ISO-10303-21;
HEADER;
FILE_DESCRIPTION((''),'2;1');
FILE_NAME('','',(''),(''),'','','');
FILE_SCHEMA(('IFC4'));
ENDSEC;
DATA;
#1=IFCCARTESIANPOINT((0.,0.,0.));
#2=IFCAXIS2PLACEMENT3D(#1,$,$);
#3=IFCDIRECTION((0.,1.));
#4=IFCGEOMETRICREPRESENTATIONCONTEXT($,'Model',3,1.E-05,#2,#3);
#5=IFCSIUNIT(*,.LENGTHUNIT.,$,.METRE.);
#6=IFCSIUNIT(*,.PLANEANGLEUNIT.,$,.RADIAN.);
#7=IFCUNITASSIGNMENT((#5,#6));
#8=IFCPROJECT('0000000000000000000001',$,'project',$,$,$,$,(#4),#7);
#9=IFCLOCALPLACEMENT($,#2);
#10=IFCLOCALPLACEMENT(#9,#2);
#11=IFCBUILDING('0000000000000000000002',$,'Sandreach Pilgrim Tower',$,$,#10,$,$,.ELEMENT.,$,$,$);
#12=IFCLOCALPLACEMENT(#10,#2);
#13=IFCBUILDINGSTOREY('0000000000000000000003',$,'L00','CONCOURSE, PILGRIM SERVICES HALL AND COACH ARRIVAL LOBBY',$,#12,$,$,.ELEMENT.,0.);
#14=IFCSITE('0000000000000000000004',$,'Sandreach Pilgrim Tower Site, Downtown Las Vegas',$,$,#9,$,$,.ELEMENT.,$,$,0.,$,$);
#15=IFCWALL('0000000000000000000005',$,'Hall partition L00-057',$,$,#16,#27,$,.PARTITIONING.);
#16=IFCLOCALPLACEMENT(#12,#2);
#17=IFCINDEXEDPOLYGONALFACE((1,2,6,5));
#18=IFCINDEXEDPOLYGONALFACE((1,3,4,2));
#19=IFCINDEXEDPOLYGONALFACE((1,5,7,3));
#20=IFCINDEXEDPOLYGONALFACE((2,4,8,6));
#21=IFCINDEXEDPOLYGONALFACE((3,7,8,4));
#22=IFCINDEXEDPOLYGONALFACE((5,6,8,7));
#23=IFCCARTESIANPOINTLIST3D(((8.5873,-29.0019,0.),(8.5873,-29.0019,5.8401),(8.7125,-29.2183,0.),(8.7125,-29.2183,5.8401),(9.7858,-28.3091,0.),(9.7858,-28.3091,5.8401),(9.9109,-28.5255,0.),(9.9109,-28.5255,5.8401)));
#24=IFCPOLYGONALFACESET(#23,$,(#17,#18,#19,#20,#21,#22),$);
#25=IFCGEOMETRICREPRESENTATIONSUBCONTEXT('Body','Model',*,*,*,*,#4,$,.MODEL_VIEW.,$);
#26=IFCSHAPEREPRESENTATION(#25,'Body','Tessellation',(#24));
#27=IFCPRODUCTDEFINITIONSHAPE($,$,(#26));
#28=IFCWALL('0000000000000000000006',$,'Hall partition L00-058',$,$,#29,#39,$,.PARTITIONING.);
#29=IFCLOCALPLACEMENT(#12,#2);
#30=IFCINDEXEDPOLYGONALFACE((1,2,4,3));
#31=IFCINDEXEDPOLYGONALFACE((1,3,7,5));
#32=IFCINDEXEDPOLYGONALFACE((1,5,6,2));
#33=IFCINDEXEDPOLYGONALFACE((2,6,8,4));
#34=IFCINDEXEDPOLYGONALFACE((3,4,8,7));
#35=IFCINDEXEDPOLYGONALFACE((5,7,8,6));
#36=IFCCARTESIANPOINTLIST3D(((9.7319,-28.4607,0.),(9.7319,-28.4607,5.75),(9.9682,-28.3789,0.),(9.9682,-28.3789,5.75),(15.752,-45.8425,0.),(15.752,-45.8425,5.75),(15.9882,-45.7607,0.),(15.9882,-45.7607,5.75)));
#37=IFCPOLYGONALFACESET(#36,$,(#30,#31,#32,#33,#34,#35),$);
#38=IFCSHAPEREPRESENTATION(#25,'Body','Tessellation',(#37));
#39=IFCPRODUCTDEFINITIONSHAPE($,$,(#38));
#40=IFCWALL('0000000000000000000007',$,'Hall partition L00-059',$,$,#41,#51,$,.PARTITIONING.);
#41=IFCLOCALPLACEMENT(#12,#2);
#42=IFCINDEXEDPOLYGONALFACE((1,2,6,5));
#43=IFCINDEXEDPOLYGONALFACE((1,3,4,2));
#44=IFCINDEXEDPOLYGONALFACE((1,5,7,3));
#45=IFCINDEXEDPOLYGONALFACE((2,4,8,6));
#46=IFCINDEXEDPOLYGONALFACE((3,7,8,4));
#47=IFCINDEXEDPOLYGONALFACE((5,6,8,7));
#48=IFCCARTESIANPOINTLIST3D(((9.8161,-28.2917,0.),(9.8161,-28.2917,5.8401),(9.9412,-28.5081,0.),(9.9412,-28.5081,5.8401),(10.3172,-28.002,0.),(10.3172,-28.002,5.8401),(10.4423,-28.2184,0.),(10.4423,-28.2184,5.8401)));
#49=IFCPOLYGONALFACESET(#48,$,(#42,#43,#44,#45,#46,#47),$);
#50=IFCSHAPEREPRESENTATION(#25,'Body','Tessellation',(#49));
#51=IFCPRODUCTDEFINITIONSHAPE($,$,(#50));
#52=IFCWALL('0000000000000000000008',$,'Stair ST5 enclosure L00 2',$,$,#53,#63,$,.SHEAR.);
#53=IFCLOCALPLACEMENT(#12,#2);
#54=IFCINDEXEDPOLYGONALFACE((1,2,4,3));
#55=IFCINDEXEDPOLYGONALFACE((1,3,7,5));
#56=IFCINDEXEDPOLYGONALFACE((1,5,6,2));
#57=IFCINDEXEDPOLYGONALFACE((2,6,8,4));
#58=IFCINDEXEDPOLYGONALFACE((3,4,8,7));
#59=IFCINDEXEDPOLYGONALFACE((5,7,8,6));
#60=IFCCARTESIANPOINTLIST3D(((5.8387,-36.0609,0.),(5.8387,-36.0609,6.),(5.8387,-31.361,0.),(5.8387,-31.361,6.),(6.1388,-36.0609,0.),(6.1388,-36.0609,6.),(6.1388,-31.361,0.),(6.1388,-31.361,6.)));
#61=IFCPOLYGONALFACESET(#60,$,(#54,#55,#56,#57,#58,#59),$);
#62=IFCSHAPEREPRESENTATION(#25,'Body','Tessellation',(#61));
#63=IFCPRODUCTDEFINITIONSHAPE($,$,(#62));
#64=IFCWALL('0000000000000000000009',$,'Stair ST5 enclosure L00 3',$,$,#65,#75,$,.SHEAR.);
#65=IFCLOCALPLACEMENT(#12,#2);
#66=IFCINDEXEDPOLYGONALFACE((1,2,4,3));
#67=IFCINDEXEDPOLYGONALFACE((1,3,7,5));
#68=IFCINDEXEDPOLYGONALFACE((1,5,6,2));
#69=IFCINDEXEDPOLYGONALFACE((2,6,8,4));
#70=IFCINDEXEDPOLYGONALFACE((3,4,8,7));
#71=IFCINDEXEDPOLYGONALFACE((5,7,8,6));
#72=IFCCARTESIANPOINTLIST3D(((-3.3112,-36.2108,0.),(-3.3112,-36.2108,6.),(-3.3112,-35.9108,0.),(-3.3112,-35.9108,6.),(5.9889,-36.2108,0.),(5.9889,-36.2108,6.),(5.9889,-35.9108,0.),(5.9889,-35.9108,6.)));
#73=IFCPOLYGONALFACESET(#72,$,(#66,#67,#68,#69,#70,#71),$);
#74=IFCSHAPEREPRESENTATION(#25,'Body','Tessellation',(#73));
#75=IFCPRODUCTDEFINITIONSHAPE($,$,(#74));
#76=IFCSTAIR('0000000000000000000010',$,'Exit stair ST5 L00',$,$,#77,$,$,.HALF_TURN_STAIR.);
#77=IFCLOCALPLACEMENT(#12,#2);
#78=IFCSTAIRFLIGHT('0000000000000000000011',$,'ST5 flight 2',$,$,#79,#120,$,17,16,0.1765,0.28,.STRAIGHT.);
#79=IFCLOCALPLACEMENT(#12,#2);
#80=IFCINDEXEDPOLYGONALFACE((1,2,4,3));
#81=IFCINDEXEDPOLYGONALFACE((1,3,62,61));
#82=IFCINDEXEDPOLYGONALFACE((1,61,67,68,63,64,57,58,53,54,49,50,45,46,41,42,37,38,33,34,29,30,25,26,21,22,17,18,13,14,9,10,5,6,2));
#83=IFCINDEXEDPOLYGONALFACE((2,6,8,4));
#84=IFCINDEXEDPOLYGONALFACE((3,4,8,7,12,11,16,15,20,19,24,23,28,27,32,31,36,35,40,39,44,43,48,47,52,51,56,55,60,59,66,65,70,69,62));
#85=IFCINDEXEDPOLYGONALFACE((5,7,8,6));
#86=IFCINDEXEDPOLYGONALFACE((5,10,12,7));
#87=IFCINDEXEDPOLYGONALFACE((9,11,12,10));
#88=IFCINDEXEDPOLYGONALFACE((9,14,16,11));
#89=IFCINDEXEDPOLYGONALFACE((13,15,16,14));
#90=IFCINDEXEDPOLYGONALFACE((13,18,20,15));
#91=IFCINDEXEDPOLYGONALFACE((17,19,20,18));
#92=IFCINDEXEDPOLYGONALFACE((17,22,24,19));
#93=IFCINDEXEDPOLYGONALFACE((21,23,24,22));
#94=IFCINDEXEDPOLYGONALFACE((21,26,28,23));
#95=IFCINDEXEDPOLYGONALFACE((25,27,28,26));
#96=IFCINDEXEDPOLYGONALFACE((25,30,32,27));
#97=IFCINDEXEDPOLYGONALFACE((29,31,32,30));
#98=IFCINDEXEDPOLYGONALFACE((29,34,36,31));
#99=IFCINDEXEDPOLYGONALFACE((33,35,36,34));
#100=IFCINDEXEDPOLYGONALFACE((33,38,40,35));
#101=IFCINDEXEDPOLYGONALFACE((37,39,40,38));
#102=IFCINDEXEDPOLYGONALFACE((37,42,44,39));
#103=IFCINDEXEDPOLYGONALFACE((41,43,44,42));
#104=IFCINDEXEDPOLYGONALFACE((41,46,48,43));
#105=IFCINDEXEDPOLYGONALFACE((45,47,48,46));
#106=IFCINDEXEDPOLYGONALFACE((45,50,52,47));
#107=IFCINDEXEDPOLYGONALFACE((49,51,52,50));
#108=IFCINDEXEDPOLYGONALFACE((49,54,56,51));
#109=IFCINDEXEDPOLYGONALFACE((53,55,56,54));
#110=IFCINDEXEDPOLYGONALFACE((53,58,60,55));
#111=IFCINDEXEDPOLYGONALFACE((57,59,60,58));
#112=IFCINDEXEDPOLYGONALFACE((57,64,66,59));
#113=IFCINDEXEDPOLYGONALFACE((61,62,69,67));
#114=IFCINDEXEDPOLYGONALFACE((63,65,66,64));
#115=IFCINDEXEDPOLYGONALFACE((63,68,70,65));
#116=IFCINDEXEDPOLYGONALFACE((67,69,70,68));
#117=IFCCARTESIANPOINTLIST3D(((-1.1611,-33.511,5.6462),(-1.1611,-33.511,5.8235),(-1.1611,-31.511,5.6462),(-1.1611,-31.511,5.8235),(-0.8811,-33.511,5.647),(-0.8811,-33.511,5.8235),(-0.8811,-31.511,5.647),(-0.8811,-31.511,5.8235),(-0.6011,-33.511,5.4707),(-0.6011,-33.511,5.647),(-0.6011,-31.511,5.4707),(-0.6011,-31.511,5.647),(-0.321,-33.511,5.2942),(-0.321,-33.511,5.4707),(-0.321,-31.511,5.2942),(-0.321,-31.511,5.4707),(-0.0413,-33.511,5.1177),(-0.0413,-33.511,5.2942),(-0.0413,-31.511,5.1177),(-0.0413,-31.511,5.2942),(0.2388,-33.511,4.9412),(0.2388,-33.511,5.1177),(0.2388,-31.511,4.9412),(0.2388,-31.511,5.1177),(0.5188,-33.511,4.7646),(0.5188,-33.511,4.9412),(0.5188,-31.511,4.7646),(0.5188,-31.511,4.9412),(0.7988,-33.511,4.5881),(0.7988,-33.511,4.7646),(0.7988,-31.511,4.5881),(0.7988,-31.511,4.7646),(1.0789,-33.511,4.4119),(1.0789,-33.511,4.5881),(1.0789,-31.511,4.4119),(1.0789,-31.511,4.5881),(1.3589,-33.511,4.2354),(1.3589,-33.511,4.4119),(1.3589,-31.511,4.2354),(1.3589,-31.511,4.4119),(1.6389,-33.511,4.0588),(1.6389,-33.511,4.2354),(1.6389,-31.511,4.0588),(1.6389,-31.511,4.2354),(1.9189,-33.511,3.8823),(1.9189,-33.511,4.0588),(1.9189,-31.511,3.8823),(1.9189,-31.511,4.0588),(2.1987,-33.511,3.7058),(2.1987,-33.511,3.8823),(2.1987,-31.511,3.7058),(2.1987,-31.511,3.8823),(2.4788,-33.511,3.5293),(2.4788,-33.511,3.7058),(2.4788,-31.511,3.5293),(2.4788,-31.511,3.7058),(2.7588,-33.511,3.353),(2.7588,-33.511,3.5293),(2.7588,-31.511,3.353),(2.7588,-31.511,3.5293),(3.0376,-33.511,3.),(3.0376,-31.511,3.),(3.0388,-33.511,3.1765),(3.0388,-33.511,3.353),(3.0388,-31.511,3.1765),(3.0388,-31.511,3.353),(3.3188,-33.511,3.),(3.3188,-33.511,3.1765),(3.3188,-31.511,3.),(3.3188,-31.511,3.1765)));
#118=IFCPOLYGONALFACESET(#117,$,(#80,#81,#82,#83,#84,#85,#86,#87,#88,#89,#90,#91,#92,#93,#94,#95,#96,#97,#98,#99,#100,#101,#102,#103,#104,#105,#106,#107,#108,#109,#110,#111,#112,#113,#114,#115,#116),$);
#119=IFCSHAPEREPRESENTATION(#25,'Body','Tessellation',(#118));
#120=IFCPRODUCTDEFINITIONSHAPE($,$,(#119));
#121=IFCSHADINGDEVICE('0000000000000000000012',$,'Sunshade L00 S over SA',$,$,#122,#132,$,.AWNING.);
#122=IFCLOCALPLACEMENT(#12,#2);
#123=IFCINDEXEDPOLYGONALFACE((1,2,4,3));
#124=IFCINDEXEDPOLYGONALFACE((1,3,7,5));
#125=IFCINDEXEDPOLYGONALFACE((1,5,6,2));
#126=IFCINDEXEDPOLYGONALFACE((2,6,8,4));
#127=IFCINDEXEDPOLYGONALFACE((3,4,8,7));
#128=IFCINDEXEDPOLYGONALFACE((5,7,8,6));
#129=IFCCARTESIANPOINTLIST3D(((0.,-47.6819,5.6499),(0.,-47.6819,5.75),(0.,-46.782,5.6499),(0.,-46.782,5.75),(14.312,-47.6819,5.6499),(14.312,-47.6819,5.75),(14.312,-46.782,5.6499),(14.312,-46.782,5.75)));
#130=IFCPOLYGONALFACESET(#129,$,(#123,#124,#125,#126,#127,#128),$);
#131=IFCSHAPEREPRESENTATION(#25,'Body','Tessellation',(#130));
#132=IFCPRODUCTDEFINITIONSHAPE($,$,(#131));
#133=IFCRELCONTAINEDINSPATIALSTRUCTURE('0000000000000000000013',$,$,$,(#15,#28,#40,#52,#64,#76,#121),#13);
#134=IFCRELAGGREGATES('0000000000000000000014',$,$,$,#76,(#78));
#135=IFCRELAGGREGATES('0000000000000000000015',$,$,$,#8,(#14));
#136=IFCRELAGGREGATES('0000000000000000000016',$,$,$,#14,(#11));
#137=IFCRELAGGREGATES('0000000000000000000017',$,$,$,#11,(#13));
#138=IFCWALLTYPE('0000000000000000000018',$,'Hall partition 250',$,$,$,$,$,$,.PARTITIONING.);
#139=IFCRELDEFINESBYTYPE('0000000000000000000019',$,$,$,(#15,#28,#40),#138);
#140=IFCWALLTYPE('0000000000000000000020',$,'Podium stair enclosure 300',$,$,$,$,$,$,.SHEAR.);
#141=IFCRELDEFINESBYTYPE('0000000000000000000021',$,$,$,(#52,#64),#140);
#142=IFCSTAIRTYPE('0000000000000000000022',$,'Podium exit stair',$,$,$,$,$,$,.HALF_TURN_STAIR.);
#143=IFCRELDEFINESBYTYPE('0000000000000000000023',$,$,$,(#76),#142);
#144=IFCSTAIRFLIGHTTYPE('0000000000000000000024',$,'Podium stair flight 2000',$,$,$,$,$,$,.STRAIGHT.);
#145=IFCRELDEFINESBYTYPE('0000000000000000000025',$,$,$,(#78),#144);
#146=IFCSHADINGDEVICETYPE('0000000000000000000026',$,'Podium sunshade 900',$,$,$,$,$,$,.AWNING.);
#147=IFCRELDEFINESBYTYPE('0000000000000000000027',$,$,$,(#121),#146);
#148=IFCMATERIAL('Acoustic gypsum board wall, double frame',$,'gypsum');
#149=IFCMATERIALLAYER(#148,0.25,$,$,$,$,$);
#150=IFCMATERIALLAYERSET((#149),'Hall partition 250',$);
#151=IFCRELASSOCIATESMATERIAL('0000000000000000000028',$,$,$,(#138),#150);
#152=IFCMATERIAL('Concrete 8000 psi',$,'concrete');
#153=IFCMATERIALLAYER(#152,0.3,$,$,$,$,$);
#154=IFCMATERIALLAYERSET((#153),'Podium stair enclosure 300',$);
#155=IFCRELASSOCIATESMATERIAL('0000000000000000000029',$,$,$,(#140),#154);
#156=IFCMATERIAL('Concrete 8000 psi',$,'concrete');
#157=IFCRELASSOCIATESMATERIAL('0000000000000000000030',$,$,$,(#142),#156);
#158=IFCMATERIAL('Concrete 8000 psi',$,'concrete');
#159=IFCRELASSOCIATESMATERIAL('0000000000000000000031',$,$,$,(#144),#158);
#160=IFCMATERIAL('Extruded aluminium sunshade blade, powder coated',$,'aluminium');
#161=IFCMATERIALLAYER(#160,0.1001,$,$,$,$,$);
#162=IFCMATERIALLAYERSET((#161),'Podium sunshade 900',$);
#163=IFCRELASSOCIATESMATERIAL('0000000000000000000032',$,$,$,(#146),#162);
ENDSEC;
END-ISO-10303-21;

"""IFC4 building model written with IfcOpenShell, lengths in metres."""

from ifc_helpers import new_model, si_unit, direction, frame, frame_2d, origin, origin_2d, place, context, subcontext, project, spatial, polyline, rectangle, outline, extrude, material, layer, layer_set, type_object, element, aggregate, save


model = new_model("IFC4")

# Units and contexts
model_context = context("Model", 3, precision=1e-05, world=origin(), true_north=direction((0.0, 1.0)))
body_context = subcontext(model_context, "Body", "Model", "MODEL_VIEW")
ifc_project = project(units=[si_unit("LENGTHUNIT", "METRE"), si_unit("PLANEANGLEUNIT", "RADIAN")], contexts=[model_context])

# Site, building, storey
site_placement = place(None, origin())
site = spatial("IfcSite", under=ifc_project, at=site_placement, Name="Sandreach Pilgrim Tower Site, Downtown Las Vegas", CompositionType="ELEMENT", RefElevation=0.0)
building_placement = place(site_placement, origin())
building = spatial("IfcBuilding", under=site, at=building_placement, Name="Sandreach Pilgrim Tower", CompositionType="ELEMENT")
storey_placement = place(building_placement, origin())
storey = spatial("IfcBuildingStorey", under=building, at=storey_placement, Name="L00", Description="CONCOURSE, PILGRIM SERVICES HALL AND COACH ARRIVAL LOBBY", CompositionType="ELEMENT", Elevation=0.0)

# Walls
ifc_material_1 = material(Name="Acoustic gypsum board wall, double frame", Category="gypsum")
ifc_layer_1 = layer(ifc_material_1, 0.25)
ifc_layer_set_1 = layer_set([ifc_layer_1], Name="Hall partition 250")
wall_type_1 = type_object("IfcWallType", Name="Hall partition 250", PredefinedType="PARTITIONING", material=ifc_layer_set_1)
wall_1_placement = place(storey_placement, frame((8.6499, -29.1101, 0.0), z_axis=(0.0, 0.0, 1.0), x_axis=(0.865736, 0.500501, 0.0)))
element("IfcWall", 1, at=wall_1_placement, inside=storey, type_object=wall_type_1, Name="Hall partition L00-057", PredefinedType="PARTITIONING", context=body_context, shape_type="SweptSolid", body=[
    extrude(rectangle(XDim=1.3843, YDim=0.25, at=frame_2d((0.6921, 0.0))), origin(), (0.0, 0.0, 1.0), 5.8401),
])
wall_2_placement = place(storey_placement, frame((9.8501, -28.4199, 0.0), z_axis=(0.0, 0.0, 1.0), x_axis=(0.327267, -0.944932, 0.0)))
element("IfcWall", 2, at=wall_2_placement, inside=storey, type_object=wall_type_1, Name="Hall partition L00-058", PredefinedType="PARTITIONING", context=body_context, shape_type="SweptSolid", body=[
    extrude(rectangle(XDim=18.3948, YDim=0.25, at=frame_2d((9.1973, 0.0))), origin(), (0.0, 0.0, 1.0), 5.75),
])
wall_3_placement = place(storey_placement, frame((10.3799, -28.1101, 0.0), z_axis=(0.0, 0.0, 1.0), x_axis=(-0.865715, -0.500538, 0.0)))
element("IfcWall", 3, at=wall_3_placement, inside=storey, type_object=wall_type_1, Name="Hall partition L00-059", PredefinedType="PARTITIONING", context=body_context, shape_type="SweptSolid", body=[
    extrude(rectangle(XDim=0.5789, YDim=0.25, at=frame_2d((0.2896, 0.0))), origin(), (0.0, 0.0, 1.0), 5.8401),
])
ifc_material_2 = material(Name="Concrete 8000 psi", Category="concrete")
ifc_layer_2 = layer(ifc_material_2, 0.3)
ifc_layer_set_2 = layer_set([ifc_layer_2], Name="Podium stair enclosure 300")
wall_type_2 = type_object("IfcWallType", Name="Podium stair enclosure 300", PredefinedType="SHEAR", material=ifc_layer_set_2)
wall_4_placement = place(storey_placement, frame((5.9888, -31.3608, 0.0), z_axis=(0.0, 0.0, 1.0), x_axis=(0.0, -1.0, 0.0)))
element("IfcWall", 4, at=wall_4_placement, inside=storey, type_object=wall_type_2, Name="Stair ST5 enclosure L00 2", PredefinedType="SHEAR", context=body_context, shape_type="SweptSolid", body=[
    extrude(rectangle(XDim=4.7, YDim=0.3, at=frame_2d((2.3501, 0.0))), origin(), (0.0, 0.0, 1.0), 6.0),
])
wall_5_placement = place(storey_placement, frame((5.9888, -36.0608, 0.0), z_axis=(0.0, 0.0, 1.0), x_axis=(-1.0, 0.0, 0.0)))
element("IfcWall", 5, at=wall_5_placement, inside=storey, type_object=wall_type_2, Name="Stair ST5 enclosure L00 3", PredefinedType="SHEAR", context=body_context, shape_type="SweptSolid", body=[
    extrude(rectangle(XDim=9.3, YDim=0.3, at=frame_2d((4.6499, 0.0))), origin(), (0.0, 0.0, 1.0), 6.0),
])

# Stair, stair flight
ifc_material_3 = material(Name="Concrete 8000 psi", Category="concrete")
stair_type = type_object("IfcStairType", Name="Podium exit stair", PredefinedType="HALF_TURN_STAIR", material=ifc_material_3)
stair_placement = place(storey_placement, origin())
stair = element("IfcStair", 6, at=stair_placement, inside=storey, type_object=stair_type, Name="Exit stair ST5 L00", PredefinedType="HALF_TURN_STAIR")
ifc_material_4 = material(Name="Concrete 8000 psi", Category="concrete")
stair_flight_type = type_object("IfcStairFlightType", Name="Podium stair flight 2000", PredefinedType="STRAIGHT", material=ifc_material_4)
stair_flight_placement = place(storey_placement, frame((3.3188, -32.511, 3.0), z_axis=(0.0, 0.0, 1.0), x_axis=(-1.0, 0.0, 0.0)))
stair_flight = element("IfcStairFlight", 7, at=stair_flight_placement, type_object=stair_flight_type, Name="ST5 flight 2", NumberOfRisers=17, NumberOfTreads=16, PredefinedType="STRAIGHT", RiserHeight=0.1765, TreadLength=0.28, context=body_context, shape_type="SweptSolid", body=[
    extrude(outline(polyline([(0.0, 0.0), (0.0, 0.1765), (0.28, 0.1765), (0.28, 0.353), (0.5601, 0.353), (0.5601, 0.5293), (0.8401, 0.5293), (0.8401, 0.7058), (1.1201, 0.7058), (1.1201, 0.8823), (1.3999, 0.8823), (1.3999, 1.0588), (1.6799, 1.0588), (1.6799, 1.2354), (1.96, 1.2354), (1.96, 1.4119), (2.24, 1.4119), (2.24, 1.5881), (2.52, 1.5881), (2.52, 1.7646), (2.8, 1.7646), (2.8, 1.9412), (3.0801, 1.9412), (3.0801, 2.1177), (3.3601, 2.1177), (3.3601, 2.2942), (3.6399, 2.2942), (3.6399, 2.4707), (3.9199, 2.4707), (3.9199, 2.647), (4.2, 2.647), (4.2, 2.8235), (4.48, 2.8235), (4.48, 3.0), (4.48, 2.6462), (0.2812, 0.0), (0.0, 0.0)])), frame((0.0, 1.0, 0.0), z_axis=(0.0, -1.0, 0.0), x_axis=(1.0, 0.0, 0.0)), (0.0, 0.0, 1.0), 2.0),
])
aggregate(stair, [stair_flight])

# Shading device
ifc_material_5 = material(Name="Extruded aluminium sunshade blade, powder coated", Category="aluminium")
ifc_layer_3 = layer(ifc_material_5, 0.1001)
ifc_layer_set_3 = layer_set([ifc_layer_3], Name="Podium sunshade 900")
shading_device_type = type_object("IfcShadingDeviceType", Name="Podium sunshade 900", PredefinedType="AWNING", material=ifc_layer_set_3)
shading_device_placement = place(storey_placement, frame((7.156, -47.2319, 5.6499), z_axis=(0.0, 0.0, 1.0), x_axis=(-1.0, 0.0, 0.0)))
element("IfcShadingDevice", 8, at=shading_device_placement, inside=storey, type_object=shading_device_type, Name="Sunshade L00 S over SA", PredefinedType="AWNING", context=body_context, shape_type="SweptSolid", body=[
    extrude(rectangle(XDim=14.312, YDim=0.8999, at=origin_2d()), origin(), (0.0, 0.0, 1.0), 0.1001),
])

save(model, "model.ifc")
